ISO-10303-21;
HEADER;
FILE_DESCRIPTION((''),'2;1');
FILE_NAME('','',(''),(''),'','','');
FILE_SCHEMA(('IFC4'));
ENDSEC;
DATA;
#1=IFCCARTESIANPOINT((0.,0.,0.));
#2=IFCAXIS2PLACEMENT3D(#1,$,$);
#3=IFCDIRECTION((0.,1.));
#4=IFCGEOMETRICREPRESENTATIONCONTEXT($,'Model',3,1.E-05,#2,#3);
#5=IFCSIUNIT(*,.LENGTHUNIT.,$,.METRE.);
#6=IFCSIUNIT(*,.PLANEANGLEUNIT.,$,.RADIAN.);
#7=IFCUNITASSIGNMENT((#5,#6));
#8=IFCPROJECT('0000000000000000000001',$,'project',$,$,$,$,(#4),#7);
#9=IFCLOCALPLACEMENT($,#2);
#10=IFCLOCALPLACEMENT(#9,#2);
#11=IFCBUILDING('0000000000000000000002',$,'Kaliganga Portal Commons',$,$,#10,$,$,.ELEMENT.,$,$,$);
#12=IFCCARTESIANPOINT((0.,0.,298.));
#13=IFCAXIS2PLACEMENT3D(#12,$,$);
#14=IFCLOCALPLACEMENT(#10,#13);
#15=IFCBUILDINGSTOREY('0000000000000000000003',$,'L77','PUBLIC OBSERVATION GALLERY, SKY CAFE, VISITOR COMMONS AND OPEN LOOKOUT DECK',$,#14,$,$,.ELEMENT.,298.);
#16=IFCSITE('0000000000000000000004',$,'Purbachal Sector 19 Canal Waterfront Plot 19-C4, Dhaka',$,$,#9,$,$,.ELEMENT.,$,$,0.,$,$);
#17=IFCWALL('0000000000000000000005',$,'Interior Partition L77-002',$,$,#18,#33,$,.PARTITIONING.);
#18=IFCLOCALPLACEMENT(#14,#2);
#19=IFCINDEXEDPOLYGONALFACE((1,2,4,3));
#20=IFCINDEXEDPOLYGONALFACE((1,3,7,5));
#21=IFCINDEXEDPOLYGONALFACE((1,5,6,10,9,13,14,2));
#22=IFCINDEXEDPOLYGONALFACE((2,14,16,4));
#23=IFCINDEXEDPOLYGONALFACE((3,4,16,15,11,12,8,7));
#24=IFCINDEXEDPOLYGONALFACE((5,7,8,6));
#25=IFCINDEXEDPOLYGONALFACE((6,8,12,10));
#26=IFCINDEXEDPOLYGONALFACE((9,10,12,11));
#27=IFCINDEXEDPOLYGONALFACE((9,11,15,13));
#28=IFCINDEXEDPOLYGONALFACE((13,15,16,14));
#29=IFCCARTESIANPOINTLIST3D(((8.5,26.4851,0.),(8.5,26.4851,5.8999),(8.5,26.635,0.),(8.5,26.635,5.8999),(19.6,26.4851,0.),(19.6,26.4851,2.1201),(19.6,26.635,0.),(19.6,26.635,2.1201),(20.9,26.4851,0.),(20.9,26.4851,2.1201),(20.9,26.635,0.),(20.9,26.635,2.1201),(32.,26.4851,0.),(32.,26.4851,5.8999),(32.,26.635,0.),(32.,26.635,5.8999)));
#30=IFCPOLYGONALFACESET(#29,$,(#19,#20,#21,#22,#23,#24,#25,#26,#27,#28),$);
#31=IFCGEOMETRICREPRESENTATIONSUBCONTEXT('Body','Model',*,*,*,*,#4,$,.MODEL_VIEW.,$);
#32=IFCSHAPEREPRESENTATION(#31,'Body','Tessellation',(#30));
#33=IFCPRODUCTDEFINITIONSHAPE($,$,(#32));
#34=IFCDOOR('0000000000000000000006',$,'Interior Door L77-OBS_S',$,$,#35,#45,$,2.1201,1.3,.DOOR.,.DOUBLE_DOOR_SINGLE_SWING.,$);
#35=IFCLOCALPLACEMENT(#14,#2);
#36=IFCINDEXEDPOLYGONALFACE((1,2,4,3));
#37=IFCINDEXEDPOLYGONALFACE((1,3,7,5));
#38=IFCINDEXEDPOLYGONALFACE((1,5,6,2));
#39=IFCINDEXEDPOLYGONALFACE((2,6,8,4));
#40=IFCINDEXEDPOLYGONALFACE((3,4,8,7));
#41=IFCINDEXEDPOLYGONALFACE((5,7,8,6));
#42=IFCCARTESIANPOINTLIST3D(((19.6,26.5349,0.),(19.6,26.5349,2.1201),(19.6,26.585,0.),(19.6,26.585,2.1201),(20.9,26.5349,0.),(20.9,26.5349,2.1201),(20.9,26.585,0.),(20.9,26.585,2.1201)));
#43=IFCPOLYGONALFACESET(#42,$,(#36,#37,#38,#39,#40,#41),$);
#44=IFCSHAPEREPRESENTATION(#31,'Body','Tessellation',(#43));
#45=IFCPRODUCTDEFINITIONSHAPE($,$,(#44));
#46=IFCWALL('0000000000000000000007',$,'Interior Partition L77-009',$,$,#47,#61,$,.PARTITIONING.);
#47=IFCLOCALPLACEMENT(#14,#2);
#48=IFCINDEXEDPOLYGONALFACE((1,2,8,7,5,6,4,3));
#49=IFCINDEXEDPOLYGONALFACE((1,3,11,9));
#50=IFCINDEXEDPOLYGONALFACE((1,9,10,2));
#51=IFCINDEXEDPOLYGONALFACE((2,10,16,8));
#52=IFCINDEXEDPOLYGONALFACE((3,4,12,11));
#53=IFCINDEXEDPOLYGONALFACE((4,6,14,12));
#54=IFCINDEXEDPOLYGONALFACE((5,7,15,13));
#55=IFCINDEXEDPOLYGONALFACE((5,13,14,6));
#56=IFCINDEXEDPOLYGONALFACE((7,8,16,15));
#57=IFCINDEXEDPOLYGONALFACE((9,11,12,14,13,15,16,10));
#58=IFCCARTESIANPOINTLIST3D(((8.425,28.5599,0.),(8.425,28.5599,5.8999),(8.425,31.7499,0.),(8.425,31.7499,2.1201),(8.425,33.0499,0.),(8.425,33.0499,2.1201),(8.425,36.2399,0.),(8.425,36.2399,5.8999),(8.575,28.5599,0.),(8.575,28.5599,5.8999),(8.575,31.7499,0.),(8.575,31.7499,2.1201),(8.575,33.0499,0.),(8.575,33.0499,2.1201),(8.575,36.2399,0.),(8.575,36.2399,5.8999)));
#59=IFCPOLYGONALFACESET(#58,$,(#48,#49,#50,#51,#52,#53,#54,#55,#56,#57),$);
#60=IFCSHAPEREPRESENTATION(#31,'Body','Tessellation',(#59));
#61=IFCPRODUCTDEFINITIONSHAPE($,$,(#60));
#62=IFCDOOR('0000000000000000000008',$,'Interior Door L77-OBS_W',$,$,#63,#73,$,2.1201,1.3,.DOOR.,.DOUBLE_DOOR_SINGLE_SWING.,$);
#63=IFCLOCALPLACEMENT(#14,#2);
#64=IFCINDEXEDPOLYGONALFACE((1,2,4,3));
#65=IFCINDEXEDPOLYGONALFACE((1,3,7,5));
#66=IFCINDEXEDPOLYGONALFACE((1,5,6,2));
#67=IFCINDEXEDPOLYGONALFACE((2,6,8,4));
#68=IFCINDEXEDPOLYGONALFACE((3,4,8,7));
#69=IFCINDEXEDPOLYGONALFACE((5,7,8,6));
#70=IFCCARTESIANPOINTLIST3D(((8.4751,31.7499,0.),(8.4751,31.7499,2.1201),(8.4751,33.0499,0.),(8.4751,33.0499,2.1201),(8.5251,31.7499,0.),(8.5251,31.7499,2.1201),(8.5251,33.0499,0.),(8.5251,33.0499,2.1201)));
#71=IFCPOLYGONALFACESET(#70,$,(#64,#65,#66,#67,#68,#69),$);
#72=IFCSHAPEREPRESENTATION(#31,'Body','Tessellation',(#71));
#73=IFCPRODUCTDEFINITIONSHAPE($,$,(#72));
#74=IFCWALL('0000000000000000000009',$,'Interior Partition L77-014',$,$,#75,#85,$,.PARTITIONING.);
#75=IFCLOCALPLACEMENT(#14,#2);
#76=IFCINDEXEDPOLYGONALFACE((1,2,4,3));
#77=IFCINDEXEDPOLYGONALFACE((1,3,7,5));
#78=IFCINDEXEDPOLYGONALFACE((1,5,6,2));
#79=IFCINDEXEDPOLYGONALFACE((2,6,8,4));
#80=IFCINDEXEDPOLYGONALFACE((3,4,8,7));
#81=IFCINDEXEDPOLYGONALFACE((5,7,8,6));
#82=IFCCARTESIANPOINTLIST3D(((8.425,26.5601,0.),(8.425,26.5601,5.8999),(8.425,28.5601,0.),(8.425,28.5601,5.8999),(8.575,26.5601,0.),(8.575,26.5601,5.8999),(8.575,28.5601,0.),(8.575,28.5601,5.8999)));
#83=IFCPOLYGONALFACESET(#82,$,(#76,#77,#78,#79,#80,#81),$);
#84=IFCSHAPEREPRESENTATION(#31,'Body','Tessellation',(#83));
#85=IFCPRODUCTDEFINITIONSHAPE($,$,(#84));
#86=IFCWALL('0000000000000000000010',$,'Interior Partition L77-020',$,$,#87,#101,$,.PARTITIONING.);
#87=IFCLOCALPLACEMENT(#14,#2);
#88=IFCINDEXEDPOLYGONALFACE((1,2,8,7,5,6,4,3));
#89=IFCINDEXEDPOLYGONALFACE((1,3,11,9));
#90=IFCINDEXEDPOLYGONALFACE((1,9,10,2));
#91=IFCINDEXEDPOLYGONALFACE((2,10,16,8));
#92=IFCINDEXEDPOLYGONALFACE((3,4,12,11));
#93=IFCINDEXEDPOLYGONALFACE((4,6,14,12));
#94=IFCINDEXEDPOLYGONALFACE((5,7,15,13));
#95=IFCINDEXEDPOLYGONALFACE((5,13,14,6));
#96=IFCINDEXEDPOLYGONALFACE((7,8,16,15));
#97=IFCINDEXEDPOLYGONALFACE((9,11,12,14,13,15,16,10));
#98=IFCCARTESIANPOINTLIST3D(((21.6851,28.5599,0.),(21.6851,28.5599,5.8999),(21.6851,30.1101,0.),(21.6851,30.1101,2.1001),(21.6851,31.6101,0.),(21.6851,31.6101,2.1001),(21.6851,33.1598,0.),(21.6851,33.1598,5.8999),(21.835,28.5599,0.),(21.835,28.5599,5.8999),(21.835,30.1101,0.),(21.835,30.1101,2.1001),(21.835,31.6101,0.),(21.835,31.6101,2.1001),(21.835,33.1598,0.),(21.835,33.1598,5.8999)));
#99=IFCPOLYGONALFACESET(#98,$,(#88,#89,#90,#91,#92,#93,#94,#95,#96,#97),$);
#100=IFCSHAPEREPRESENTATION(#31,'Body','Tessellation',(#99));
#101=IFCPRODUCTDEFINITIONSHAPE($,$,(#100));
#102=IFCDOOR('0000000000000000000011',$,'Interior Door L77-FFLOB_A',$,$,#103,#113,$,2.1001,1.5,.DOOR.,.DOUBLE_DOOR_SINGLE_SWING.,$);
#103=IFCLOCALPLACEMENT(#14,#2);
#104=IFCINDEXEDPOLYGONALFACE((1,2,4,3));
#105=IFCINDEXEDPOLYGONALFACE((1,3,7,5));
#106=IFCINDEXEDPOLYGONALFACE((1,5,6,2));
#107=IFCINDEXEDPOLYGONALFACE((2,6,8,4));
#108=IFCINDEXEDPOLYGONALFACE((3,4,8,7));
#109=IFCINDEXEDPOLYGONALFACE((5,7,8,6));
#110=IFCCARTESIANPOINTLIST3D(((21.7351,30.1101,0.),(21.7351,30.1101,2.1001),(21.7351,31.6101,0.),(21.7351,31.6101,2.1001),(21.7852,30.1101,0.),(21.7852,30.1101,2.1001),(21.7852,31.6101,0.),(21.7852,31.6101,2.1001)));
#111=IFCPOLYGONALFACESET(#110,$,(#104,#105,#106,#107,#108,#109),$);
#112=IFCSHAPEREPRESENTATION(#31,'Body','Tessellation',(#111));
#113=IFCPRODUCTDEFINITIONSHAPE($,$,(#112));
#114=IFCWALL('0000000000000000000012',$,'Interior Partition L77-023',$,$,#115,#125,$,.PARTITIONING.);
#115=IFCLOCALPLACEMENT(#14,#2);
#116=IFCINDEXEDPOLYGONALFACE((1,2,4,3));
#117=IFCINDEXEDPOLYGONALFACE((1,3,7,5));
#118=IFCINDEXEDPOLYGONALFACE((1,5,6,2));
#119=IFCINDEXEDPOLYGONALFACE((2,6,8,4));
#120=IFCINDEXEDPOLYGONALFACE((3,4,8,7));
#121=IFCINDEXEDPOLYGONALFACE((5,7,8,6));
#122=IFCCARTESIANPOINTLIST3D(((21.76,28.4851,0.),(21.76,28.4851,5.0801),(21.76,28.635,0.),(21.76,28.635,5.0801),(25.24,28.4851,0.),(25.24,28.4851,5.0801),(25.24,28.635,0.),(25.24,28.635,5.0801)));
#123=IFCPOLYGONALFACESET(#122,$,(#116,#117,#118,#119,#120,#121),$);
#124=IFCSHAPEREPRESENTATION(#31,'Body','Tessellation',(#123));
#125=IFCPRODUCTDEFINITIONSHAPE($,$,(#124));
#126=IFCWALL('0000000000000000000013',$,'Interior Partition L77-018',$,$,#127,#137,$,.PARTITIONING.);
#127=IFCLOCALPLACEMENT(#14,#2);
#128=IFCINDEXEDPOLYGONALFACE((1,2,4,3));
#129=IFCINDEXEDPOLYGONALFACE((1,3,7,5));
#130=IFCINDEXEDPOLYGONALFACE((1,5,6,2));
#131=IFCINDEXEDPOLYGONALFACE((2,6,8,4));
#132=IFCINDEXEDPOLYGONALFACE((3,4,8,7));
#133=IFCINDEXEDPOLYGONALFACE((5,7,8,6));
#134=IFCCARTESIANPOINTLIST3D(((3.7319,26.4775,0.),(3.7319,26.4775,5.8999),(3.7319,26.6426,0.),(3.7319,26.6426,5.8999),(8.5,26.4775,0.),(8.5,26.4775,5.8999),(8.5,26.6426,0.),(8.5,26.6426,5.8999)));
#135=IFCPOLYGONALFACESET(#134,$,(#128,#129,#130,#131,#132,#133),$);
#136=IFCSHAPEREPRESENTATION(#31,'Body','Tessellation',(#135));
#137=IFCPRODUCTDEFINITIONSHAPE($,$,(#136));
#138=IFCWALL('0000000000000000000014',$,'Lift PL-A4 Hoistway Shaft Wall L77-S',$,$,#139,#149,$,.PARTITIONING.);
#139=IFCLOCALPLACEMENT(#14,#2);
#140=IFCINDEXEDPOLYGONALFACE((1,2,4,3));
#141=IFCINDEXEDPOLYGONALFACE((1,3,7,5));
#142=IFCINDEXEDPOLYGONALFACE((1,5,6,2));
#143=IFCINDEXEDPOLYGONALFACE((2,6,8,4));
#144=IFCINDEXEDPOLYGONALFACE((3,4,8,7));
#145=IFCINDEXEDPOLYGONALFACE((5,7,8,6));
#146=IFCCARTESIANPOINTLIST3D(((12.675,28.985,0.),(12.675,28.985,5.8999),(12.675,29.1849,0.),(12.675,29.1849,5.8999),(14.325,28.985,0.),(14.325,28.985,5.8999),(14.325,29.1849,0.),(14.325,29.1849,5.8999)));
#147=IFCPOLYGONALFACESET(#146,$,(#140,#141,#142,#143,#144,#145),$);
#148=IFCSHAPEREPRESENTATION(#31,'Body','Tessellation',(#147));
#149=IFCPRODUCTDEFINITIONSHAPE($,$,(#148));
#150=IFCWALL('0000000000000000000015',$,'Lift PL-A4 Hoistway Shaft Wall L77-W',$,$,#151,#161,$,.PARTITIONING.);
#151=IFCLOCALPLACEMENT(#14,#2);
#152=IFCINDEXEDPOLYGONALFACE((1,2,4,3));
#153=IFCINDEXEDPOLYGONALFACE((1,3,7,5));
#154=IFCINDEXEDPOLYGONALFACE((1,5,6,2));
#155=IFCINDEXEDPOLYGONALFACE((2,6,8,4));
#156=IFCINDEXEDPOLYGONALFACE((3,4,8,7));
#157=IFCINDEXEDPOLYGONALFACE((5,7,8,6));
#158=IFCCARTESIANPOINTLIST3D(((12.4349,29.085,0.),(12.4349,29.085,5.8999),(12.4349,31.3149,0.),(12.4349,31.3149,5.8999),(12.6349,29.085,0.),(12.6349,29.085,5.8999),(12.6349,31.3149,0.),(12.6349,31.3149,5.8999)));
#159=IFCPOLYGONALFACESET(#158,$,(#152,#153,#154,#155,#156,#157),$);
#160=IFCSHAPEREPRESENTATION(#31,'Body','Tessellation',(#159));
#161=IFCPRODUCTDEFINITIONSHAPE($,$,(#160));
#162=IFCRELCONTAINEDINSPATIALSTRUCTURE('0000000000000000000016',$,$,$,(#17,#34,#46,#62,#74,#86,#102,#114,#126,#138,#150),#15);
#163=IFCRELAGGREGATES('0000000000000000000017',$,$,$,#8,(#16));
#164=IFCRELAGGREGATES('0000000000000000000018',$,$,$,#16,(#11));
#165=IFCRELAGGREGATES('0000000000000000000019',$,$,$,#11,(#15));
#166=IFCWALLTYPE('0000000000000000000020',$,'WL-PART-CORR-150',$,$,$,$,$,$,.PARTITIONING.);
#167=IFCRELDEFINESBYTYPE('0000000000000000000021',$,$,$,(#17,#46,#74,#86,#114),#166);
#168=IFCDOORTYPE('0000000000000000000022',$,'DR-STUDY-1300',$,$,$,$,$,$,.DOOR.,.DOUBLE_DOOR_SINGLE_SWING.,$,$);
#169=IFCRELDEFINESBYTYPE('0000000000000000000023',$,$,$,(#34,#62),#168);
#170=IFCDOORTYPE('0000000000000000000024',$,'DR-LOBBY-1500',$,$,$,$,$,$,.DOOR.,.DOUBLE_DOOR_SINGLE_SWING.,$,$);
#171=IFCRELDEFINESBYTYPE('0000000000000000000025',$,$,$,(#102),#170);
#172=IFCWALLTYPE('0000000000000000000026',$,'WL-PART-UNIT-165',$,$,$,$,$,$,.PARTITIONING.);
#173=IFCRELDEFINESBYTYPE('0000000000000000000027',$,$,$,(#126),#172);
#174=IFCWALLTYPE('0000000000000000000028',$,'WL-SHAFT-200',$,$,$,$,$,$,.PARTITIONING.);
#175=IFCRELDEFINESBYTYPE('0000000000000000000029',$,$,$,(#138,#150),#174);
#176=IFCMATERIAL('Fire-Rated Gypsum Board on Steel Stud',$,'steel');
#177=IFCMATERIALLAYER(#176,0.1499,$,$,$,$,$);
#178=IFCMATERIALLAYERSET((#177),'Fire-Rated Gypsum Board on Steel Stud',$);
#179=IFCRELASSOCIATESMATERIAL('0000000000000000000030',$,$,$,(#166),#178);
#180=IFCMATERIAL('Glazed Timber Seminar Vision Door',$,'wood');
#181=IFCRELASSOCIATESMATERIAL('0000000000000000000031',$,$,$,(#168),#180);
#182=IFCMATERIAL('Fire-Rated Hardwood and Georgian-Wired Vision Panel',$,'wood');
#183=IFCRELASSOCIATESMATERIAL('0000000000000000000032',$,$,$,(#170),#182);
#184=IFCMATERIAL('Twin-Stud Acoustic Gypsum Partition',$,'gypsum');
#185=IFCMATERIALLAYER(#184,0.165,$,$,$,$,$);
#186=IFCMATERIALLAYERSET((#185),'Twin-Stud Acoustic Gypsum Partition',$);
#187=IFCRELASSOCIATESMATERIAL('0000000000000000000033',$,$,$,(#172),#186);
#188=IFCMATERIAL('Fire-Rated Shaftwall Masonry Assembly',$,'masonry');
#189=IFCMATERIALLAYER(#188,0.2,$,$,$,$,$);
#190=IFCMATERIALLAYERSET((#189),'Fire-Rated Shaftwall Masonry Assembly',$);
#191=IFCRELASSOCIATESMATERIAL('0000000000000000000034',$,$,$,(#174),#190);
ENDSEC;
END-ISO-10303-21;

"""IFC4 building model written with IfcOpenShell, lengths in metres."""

from ifc_helpers import new_model, si_unit, direction, frame, frame_2d, origin, place, context, subcontext, project, spatial, rectangle, extrude, material, layer, layer_set, type_object, element, fill, save


model = new_model("IFC4")

# Units and contexts
model_context = context("Model", 3, precision=1e-05, world=origin(), true_north=direction((0.0, 1.0)))
body_context = subcontext(model_context, "Body", "Model", "MODEL_VIEW")
ifc_project = project(units=[si_unit("LENGTHUNIT", "METRE"), si_unit("PLANEANGLEUNIT", "RADIAN")], contexts=[model_context])

# Site, building, storey
site_placement = place(None, origin())
site = spatial("IfcSite", under=ifc_project, at=site_placement, Name="Purbachal Sector 19 Canal Waterfront Plot 19-C4, Dhaka", CompositionType="ELEMENT", RefElevation=0.0)
building_placement = place(site_placement, origin())
building = spatial("IfcBuilding", under=site, at=building_placement, Name="Kaliganga Portal Commons", CompositionType="ELEMENT")
storey_placement = place(building_placement, frame((0.0, 0.0, 298.0)))
storey = spatial("IfcBuildingStorey", under=building, at=storey_placement, Name="L77", Description="PUBLIC OBSERVATION GALLERY, SKY CAFE, VISITOR COMMONS AND OPEN LOOKOUT DECK", CompositionType="ELEMENT", Elevation=298.0)

# Walls, openings, doors
ifc_material_1 = material(Name="Fire-Rated Gypsum Board on Steel Stud", Category="steel")
ifc_layer_1 = layer(ifc_material_1, 0.1499)
ifc_layer_set_1 = layer_set([ifc_layer_1], Name="Fire-Rated Gypsum Board on Steel Stud")
wall_type_1 = type_object("IfcWallType", Name="WL-PART-CORR-150", PredefinedType="PARTITIONING", material=ifc_layer_set_1)
wall_1_placement = place(storey_placement, frame((8.5, 26.5601, 0.0), z_axis=(0.0, 0.0, 1.0), x_axis=(1.0, 0.0, 0.0)))
wall_1 = element("IfcWall", 1, at=wall_1_placement, inside=storey, type_object=wall_type_1, Name="Interior Partition L77-002", PredefinedType="PARTITIONING", context=body_context, shape_type="SweptSolid", body=[
    extrude(rectangle(XDim=23.5, YDim=0.1499, at=frame_2d((11.75, 0.0))), origin(), (0.0, 0.0, 1.0), 5.8999),
])
opening_1_placement = place(wall_1_placement, frame((11.1001, 0.0, 0.0)))
opening_1 = element("IfcOpeningElement", 2, at=opening_1_placement, cuts=wall_1, PredefinedType="OPENING", context=body_context, shape_type="SweptSolid", body=[
    extrude(rectangle(XDim=1.3, YDim=2.1201, at=frame_2d((0.6499, 1.0601))), frame((0.0, 0.085, 0.0), z_axis=(0.0, -1.0, 0.0), x_axis=(1.0, 0.0, 0.0)), (0.0, 0.0, 1.0), 0.1699),
])
ifc_material_2 = material(Name="Glazed Timber Seminar Vision Door", Category="wood")
door_type_1 = type_object("IfcDoorType", Name="DR-STUDY-1300", OperationType="DOUBLE_DOOR_SINGLE_SWING", PredefinedType="DOOR", material=ifc_material_2)
door_1_placement = place(opening_1_placement, origin())
door_1 = element("IfcDoor", 3, at=door_1_placement, inside=storey, type_object=door_type_1, Name="Interior Door L77-OBS_S", OperationType="DOUBLE_DOOR_SINGLE_SWING", OverallHeight=2.1201, OverallWidth=1.3, PredefinedType="DOOR", context=body_context, shape_type="SweptSolid", body=[
    extrude(rectangle(XDim=1.3, YDim=2.1201, at=frame_2d((0.6499, 1.0601))), frame((0.0, 0.0249, 0.0), z_axis=(0.0, -1.0, 0.0), x_axis=(1.0, 0.0, 0.0)), (0.0, 0.0, 1.0), 0.05),
])
fill(opening_1, door_1)
wall_2_placement = place(storey_placement, frame((8.5, 28.5601, 0.0), z_axis=(0.0, 0.0, 1.0), x_axis=(0.0, 1.0, 0.0)))
wall_2 = element("IfcWall", 4, at=wall_2_placement, inside=storey, type_object=wall_type_1, Name="Interior Partition L77-009", PredefinedType="PARTITIONING", context=body_context, shape_type="SweptSolid", body=[
    extrude(rectangle(XDim=7.6799, YDim=0.1499, at=frame_2d((3.8398, 0.0))), origin(), (0.0, 0.0, 1.0), 5.8999),
])
opening_2_placement = place(wall_2_placement, frame((3.1899, 0.0, 0.0)))
opening_2 = element("IfcOpeningElement", 5, at=opening_2_placement, cuts=wall_2, PredefinedType="OPENING", context=body_context, shape_type="SweptSolid", body=[
    extrude(rectangle(XDim=1.3, YDim=2.1201, at=frame_2d((0.6499, 1.0601))), frame((0.0, 0.085, 0.0), z_axis=(0.0, -1.0, 0.0), x_axis=(1.0, 0.0, 0.0)), (0.0, 0.0, 1.0), 0.1699),
])
door_2_placement = place(opening_2_placement, origin())
door_2 = element("IfcDoor", 6, at=door_2_placement, inside=storey, type_object=door_type_1, Name="Interior Door L77-OBS_W", OperationType="DOUBLE_DOOR_SINGLE_SWING", OverallHeight=2.1201, OverallWidth=1.3, PredefinedType="DOOR", context=body_context, shape_type="SweptSolid", body=[
    extrude(rectangle(XDim=1.3, YDim=2.1201, at=frame_2d((0.6499, 1.0601))), frame((0.0, 0.0249, 0.0), z_axis=(0.0, -1.0, 0.0), x_axis=(1.0, 0.0, 0.0)), (0.0, 0.0, 1.0), 0.05),
])
fill(opening_2, door_2)

# Wall
wall_3_placement = place(storey_placement, frame((8.5, 26.5601, 0.0), z_axis=(0.0, 0.0, 1.0), x_axis=(0.0, 1.0, 0.0)))
element("IfcWall", 7, at=wall_3_placement, inside=storey, type_object=wall_type_1, Name="Interior Partition L77-014", PredefinedType="PARTITIONING", context=body_context, shape_type="SweptSolid", body=[
    extrude(rectangle(XDim=2.0, YDim=0.1499, at=frame_2d((1.0, 0.0))), origin(), (0.0, 0.0, 1.0), 5.8999),
])

# Wall, opening, door
wall_4_placement = place(storey_placement, frame((21.76, 28.5601, 0.0), z_axis=(0.0, 0.0, 1.0), x_axis=(0.0, 1.0, 0.0)))
wall_4 = element("IfcWall", 8, at=wall_4_placement, inside=storey, type_object=wall_type_1, Name="Interior Partition L77-020", PredefinedType="PARTITIONING", context=body_context, shape_type="SweptSolid", body=[
    extrude(rectangle(XDim=4.5999, YDim=0.1499, at=frame_2d((2.2998, 0.0))), origin(), (0.0, 0.0, 1.0), 5.8999),
])
opening_3_placement = place(wall_4_placement, frame((1.55, 0.0, 0.0)))
opening_3 = element("IfcOpeningElement", 9, at=opening_3_placement, cuts=wall_4, PredefinedType="OPENING", context=body_context, shape_type="SweptSolid", body=[
    extrude(rectangle(XDim=1.5, YDim=2.1001, at=frame_2d((0.75, 1.05))), frame((0.0, 0.085, 0.0), z_axis=(0.0, -1.0, 0.0), x_axis=(1.0, 0.0, 0.0)), (0.0, 0.0, 1.0), 0.1699),
])
ifc_material_3 = material(Name="Fire-Rated Hardwood and Georgian-Wired Vision Panel", Category="wood")
door_type_2 = type_object("IfcDoorType", Name="DR-LOBBY-1500", OperationType="DOUBLE_DOOR_SINGLE_SWING", PredefinedType="DOOR", material=ifc_material_3)
door_3_placement = place(opening_3_placement, origin())
door_3 = element("IfcDoor", 10, at=door_3_placement, inside=storey, type_object=door_type_2, Name="Interior Door L77-FFLOB_A", OperationType="DOUBLE_DOOR_SINGLE_SWING", OverallHeight=2.1001, OverallWidth=1.5, PredefinedType="DOOR", context=body_context, shape_type="SweptSolid", body=[
    extrude(rectangle(XDim=1.5, YDim=2.1001, at=frame_2d((0.75, 1.05))), frame((0.0, 0.0249, 0.0), z_axis=(0.0, -1.0, 0.0), x_axis=(1.0, 0.0, 0.0)), (0.0, 0.0, 1.0), 0.05),
])
fill(opening_3, door_3)

# Walls
wall_5_placement = place(storey_placement, frame((21.76, 28.5601, 0.0), z_axis=(0.0, 0.0, 1.0), x_axis=(1.0, 0.0, 0.0)))
element("IfcWall", 11, at=wall_5_placement, inside=storey, type_object=wall_type_1, Name="Interior Partition L77-023", PredefinedType="PARTITIONING", context=body_context, shape_type="SweptSolid", body=[
    extrude(rectangle(XDim=3.48, YDim=0.1499, at=frame_2d((1.74, 0.0))), origin(), (0.0, 0.0, 1.0), 5.0801),
])
ifc_material_4 = material(Name="Twin-Stud Acoustic Gypsum Partition", Category="gypsum")
ifc_layer_2 = layer(ifc_material_4, 0.165)
ifc_layer_set_2 = layer_set([ifc_layer_2], Name="Twin-Stud Acoustic Gypsum Partition")
wall_type_2 = type_object("IfcWallType", Name="WL-PART-UNIT-165", PredefinedType="PARTITIONING", material=ifc_layer_set_2)
wall_6_placement = place(storey_placement, frame((3.7319, 26.5601, 0.0), z_axis=(0.0, 0.0, 1.0), x_axis=(1.0, 0.0, 0.0)))
element("IfcWall", 12, at=wall_6_placement, inside=storey, type_object=wall_type_2, Name="Interior Partition L77-018", PredefinedType="PARTITIONING", context=body_context, shape_type="SweptSolid", body=[
    extrude(rectangle(XDim=4.7681, YDim=0.165, at=frame_2d((2.384, 0.0))), origin(), (0.0, 0.0, 1.0), 5.8999),
])
ifc_material_5 = material(Name="Fire-Rated Shaftwall Masonry Assembly", Category="masonry")
ifc_layer_3 = layer(ifc_material_5, 0.2)
ifc_layer_set_3 = layer_set([ifc_layer_3], Name="Fire-Rated Shaftwall Masonry Assembly")
wall_type_3 = type_object("IfcWallType", Name="WL-SHAFT-200", PredefinedType="PARTITIONING", material=ifc_layer_set_3)
wall_7_placement = place(storey_placement, frame((12.675, 29.085, 0.0), z_axis=(0.0, 0.0, 1.0), x_axis=(1.0, 0.0, 0.0)))
element("IfcWall", 13, at=wall_7_placement, inside=storey, type_object=wall_type_3, Name="Lift PL-A4 Hoistway Shaft Wall L77-S", PredefinedType="PARTITIONING", context=body_context, shape_type="SweptSolid", body=[
    extrude(rectangle(XDim=1.6499, YDim=0.2, at=frame_2d((0.825, 0.0))), origin(), (0.0, 0.0, 1.0), 5.8999),
])

# Wall
wall_8_placement = place(storey_placement, frame((12.5349, 29.085, 0.0), z_axis=(0.0, 0.0, 1.0), x_axis=(0.0, 1.0, 0.0)))
element("IfcWall", 14, at=wall_8_placement, inside=storey, type_object=wall_type_3, Name="Lift PL-A4 Hoistway Shaft Wall L77-W", PredefinedType="PARTITIONING", context=body_context, shape_type="SweptSolid", body=[
    extrude(rectangle(XDim=2.23, YDim=0.2, at=frame_2d((1.115, 0.0))), origin(), (0.0, 0.0, 1.0), 5.8999),
])

save(model, "model.ifc")
